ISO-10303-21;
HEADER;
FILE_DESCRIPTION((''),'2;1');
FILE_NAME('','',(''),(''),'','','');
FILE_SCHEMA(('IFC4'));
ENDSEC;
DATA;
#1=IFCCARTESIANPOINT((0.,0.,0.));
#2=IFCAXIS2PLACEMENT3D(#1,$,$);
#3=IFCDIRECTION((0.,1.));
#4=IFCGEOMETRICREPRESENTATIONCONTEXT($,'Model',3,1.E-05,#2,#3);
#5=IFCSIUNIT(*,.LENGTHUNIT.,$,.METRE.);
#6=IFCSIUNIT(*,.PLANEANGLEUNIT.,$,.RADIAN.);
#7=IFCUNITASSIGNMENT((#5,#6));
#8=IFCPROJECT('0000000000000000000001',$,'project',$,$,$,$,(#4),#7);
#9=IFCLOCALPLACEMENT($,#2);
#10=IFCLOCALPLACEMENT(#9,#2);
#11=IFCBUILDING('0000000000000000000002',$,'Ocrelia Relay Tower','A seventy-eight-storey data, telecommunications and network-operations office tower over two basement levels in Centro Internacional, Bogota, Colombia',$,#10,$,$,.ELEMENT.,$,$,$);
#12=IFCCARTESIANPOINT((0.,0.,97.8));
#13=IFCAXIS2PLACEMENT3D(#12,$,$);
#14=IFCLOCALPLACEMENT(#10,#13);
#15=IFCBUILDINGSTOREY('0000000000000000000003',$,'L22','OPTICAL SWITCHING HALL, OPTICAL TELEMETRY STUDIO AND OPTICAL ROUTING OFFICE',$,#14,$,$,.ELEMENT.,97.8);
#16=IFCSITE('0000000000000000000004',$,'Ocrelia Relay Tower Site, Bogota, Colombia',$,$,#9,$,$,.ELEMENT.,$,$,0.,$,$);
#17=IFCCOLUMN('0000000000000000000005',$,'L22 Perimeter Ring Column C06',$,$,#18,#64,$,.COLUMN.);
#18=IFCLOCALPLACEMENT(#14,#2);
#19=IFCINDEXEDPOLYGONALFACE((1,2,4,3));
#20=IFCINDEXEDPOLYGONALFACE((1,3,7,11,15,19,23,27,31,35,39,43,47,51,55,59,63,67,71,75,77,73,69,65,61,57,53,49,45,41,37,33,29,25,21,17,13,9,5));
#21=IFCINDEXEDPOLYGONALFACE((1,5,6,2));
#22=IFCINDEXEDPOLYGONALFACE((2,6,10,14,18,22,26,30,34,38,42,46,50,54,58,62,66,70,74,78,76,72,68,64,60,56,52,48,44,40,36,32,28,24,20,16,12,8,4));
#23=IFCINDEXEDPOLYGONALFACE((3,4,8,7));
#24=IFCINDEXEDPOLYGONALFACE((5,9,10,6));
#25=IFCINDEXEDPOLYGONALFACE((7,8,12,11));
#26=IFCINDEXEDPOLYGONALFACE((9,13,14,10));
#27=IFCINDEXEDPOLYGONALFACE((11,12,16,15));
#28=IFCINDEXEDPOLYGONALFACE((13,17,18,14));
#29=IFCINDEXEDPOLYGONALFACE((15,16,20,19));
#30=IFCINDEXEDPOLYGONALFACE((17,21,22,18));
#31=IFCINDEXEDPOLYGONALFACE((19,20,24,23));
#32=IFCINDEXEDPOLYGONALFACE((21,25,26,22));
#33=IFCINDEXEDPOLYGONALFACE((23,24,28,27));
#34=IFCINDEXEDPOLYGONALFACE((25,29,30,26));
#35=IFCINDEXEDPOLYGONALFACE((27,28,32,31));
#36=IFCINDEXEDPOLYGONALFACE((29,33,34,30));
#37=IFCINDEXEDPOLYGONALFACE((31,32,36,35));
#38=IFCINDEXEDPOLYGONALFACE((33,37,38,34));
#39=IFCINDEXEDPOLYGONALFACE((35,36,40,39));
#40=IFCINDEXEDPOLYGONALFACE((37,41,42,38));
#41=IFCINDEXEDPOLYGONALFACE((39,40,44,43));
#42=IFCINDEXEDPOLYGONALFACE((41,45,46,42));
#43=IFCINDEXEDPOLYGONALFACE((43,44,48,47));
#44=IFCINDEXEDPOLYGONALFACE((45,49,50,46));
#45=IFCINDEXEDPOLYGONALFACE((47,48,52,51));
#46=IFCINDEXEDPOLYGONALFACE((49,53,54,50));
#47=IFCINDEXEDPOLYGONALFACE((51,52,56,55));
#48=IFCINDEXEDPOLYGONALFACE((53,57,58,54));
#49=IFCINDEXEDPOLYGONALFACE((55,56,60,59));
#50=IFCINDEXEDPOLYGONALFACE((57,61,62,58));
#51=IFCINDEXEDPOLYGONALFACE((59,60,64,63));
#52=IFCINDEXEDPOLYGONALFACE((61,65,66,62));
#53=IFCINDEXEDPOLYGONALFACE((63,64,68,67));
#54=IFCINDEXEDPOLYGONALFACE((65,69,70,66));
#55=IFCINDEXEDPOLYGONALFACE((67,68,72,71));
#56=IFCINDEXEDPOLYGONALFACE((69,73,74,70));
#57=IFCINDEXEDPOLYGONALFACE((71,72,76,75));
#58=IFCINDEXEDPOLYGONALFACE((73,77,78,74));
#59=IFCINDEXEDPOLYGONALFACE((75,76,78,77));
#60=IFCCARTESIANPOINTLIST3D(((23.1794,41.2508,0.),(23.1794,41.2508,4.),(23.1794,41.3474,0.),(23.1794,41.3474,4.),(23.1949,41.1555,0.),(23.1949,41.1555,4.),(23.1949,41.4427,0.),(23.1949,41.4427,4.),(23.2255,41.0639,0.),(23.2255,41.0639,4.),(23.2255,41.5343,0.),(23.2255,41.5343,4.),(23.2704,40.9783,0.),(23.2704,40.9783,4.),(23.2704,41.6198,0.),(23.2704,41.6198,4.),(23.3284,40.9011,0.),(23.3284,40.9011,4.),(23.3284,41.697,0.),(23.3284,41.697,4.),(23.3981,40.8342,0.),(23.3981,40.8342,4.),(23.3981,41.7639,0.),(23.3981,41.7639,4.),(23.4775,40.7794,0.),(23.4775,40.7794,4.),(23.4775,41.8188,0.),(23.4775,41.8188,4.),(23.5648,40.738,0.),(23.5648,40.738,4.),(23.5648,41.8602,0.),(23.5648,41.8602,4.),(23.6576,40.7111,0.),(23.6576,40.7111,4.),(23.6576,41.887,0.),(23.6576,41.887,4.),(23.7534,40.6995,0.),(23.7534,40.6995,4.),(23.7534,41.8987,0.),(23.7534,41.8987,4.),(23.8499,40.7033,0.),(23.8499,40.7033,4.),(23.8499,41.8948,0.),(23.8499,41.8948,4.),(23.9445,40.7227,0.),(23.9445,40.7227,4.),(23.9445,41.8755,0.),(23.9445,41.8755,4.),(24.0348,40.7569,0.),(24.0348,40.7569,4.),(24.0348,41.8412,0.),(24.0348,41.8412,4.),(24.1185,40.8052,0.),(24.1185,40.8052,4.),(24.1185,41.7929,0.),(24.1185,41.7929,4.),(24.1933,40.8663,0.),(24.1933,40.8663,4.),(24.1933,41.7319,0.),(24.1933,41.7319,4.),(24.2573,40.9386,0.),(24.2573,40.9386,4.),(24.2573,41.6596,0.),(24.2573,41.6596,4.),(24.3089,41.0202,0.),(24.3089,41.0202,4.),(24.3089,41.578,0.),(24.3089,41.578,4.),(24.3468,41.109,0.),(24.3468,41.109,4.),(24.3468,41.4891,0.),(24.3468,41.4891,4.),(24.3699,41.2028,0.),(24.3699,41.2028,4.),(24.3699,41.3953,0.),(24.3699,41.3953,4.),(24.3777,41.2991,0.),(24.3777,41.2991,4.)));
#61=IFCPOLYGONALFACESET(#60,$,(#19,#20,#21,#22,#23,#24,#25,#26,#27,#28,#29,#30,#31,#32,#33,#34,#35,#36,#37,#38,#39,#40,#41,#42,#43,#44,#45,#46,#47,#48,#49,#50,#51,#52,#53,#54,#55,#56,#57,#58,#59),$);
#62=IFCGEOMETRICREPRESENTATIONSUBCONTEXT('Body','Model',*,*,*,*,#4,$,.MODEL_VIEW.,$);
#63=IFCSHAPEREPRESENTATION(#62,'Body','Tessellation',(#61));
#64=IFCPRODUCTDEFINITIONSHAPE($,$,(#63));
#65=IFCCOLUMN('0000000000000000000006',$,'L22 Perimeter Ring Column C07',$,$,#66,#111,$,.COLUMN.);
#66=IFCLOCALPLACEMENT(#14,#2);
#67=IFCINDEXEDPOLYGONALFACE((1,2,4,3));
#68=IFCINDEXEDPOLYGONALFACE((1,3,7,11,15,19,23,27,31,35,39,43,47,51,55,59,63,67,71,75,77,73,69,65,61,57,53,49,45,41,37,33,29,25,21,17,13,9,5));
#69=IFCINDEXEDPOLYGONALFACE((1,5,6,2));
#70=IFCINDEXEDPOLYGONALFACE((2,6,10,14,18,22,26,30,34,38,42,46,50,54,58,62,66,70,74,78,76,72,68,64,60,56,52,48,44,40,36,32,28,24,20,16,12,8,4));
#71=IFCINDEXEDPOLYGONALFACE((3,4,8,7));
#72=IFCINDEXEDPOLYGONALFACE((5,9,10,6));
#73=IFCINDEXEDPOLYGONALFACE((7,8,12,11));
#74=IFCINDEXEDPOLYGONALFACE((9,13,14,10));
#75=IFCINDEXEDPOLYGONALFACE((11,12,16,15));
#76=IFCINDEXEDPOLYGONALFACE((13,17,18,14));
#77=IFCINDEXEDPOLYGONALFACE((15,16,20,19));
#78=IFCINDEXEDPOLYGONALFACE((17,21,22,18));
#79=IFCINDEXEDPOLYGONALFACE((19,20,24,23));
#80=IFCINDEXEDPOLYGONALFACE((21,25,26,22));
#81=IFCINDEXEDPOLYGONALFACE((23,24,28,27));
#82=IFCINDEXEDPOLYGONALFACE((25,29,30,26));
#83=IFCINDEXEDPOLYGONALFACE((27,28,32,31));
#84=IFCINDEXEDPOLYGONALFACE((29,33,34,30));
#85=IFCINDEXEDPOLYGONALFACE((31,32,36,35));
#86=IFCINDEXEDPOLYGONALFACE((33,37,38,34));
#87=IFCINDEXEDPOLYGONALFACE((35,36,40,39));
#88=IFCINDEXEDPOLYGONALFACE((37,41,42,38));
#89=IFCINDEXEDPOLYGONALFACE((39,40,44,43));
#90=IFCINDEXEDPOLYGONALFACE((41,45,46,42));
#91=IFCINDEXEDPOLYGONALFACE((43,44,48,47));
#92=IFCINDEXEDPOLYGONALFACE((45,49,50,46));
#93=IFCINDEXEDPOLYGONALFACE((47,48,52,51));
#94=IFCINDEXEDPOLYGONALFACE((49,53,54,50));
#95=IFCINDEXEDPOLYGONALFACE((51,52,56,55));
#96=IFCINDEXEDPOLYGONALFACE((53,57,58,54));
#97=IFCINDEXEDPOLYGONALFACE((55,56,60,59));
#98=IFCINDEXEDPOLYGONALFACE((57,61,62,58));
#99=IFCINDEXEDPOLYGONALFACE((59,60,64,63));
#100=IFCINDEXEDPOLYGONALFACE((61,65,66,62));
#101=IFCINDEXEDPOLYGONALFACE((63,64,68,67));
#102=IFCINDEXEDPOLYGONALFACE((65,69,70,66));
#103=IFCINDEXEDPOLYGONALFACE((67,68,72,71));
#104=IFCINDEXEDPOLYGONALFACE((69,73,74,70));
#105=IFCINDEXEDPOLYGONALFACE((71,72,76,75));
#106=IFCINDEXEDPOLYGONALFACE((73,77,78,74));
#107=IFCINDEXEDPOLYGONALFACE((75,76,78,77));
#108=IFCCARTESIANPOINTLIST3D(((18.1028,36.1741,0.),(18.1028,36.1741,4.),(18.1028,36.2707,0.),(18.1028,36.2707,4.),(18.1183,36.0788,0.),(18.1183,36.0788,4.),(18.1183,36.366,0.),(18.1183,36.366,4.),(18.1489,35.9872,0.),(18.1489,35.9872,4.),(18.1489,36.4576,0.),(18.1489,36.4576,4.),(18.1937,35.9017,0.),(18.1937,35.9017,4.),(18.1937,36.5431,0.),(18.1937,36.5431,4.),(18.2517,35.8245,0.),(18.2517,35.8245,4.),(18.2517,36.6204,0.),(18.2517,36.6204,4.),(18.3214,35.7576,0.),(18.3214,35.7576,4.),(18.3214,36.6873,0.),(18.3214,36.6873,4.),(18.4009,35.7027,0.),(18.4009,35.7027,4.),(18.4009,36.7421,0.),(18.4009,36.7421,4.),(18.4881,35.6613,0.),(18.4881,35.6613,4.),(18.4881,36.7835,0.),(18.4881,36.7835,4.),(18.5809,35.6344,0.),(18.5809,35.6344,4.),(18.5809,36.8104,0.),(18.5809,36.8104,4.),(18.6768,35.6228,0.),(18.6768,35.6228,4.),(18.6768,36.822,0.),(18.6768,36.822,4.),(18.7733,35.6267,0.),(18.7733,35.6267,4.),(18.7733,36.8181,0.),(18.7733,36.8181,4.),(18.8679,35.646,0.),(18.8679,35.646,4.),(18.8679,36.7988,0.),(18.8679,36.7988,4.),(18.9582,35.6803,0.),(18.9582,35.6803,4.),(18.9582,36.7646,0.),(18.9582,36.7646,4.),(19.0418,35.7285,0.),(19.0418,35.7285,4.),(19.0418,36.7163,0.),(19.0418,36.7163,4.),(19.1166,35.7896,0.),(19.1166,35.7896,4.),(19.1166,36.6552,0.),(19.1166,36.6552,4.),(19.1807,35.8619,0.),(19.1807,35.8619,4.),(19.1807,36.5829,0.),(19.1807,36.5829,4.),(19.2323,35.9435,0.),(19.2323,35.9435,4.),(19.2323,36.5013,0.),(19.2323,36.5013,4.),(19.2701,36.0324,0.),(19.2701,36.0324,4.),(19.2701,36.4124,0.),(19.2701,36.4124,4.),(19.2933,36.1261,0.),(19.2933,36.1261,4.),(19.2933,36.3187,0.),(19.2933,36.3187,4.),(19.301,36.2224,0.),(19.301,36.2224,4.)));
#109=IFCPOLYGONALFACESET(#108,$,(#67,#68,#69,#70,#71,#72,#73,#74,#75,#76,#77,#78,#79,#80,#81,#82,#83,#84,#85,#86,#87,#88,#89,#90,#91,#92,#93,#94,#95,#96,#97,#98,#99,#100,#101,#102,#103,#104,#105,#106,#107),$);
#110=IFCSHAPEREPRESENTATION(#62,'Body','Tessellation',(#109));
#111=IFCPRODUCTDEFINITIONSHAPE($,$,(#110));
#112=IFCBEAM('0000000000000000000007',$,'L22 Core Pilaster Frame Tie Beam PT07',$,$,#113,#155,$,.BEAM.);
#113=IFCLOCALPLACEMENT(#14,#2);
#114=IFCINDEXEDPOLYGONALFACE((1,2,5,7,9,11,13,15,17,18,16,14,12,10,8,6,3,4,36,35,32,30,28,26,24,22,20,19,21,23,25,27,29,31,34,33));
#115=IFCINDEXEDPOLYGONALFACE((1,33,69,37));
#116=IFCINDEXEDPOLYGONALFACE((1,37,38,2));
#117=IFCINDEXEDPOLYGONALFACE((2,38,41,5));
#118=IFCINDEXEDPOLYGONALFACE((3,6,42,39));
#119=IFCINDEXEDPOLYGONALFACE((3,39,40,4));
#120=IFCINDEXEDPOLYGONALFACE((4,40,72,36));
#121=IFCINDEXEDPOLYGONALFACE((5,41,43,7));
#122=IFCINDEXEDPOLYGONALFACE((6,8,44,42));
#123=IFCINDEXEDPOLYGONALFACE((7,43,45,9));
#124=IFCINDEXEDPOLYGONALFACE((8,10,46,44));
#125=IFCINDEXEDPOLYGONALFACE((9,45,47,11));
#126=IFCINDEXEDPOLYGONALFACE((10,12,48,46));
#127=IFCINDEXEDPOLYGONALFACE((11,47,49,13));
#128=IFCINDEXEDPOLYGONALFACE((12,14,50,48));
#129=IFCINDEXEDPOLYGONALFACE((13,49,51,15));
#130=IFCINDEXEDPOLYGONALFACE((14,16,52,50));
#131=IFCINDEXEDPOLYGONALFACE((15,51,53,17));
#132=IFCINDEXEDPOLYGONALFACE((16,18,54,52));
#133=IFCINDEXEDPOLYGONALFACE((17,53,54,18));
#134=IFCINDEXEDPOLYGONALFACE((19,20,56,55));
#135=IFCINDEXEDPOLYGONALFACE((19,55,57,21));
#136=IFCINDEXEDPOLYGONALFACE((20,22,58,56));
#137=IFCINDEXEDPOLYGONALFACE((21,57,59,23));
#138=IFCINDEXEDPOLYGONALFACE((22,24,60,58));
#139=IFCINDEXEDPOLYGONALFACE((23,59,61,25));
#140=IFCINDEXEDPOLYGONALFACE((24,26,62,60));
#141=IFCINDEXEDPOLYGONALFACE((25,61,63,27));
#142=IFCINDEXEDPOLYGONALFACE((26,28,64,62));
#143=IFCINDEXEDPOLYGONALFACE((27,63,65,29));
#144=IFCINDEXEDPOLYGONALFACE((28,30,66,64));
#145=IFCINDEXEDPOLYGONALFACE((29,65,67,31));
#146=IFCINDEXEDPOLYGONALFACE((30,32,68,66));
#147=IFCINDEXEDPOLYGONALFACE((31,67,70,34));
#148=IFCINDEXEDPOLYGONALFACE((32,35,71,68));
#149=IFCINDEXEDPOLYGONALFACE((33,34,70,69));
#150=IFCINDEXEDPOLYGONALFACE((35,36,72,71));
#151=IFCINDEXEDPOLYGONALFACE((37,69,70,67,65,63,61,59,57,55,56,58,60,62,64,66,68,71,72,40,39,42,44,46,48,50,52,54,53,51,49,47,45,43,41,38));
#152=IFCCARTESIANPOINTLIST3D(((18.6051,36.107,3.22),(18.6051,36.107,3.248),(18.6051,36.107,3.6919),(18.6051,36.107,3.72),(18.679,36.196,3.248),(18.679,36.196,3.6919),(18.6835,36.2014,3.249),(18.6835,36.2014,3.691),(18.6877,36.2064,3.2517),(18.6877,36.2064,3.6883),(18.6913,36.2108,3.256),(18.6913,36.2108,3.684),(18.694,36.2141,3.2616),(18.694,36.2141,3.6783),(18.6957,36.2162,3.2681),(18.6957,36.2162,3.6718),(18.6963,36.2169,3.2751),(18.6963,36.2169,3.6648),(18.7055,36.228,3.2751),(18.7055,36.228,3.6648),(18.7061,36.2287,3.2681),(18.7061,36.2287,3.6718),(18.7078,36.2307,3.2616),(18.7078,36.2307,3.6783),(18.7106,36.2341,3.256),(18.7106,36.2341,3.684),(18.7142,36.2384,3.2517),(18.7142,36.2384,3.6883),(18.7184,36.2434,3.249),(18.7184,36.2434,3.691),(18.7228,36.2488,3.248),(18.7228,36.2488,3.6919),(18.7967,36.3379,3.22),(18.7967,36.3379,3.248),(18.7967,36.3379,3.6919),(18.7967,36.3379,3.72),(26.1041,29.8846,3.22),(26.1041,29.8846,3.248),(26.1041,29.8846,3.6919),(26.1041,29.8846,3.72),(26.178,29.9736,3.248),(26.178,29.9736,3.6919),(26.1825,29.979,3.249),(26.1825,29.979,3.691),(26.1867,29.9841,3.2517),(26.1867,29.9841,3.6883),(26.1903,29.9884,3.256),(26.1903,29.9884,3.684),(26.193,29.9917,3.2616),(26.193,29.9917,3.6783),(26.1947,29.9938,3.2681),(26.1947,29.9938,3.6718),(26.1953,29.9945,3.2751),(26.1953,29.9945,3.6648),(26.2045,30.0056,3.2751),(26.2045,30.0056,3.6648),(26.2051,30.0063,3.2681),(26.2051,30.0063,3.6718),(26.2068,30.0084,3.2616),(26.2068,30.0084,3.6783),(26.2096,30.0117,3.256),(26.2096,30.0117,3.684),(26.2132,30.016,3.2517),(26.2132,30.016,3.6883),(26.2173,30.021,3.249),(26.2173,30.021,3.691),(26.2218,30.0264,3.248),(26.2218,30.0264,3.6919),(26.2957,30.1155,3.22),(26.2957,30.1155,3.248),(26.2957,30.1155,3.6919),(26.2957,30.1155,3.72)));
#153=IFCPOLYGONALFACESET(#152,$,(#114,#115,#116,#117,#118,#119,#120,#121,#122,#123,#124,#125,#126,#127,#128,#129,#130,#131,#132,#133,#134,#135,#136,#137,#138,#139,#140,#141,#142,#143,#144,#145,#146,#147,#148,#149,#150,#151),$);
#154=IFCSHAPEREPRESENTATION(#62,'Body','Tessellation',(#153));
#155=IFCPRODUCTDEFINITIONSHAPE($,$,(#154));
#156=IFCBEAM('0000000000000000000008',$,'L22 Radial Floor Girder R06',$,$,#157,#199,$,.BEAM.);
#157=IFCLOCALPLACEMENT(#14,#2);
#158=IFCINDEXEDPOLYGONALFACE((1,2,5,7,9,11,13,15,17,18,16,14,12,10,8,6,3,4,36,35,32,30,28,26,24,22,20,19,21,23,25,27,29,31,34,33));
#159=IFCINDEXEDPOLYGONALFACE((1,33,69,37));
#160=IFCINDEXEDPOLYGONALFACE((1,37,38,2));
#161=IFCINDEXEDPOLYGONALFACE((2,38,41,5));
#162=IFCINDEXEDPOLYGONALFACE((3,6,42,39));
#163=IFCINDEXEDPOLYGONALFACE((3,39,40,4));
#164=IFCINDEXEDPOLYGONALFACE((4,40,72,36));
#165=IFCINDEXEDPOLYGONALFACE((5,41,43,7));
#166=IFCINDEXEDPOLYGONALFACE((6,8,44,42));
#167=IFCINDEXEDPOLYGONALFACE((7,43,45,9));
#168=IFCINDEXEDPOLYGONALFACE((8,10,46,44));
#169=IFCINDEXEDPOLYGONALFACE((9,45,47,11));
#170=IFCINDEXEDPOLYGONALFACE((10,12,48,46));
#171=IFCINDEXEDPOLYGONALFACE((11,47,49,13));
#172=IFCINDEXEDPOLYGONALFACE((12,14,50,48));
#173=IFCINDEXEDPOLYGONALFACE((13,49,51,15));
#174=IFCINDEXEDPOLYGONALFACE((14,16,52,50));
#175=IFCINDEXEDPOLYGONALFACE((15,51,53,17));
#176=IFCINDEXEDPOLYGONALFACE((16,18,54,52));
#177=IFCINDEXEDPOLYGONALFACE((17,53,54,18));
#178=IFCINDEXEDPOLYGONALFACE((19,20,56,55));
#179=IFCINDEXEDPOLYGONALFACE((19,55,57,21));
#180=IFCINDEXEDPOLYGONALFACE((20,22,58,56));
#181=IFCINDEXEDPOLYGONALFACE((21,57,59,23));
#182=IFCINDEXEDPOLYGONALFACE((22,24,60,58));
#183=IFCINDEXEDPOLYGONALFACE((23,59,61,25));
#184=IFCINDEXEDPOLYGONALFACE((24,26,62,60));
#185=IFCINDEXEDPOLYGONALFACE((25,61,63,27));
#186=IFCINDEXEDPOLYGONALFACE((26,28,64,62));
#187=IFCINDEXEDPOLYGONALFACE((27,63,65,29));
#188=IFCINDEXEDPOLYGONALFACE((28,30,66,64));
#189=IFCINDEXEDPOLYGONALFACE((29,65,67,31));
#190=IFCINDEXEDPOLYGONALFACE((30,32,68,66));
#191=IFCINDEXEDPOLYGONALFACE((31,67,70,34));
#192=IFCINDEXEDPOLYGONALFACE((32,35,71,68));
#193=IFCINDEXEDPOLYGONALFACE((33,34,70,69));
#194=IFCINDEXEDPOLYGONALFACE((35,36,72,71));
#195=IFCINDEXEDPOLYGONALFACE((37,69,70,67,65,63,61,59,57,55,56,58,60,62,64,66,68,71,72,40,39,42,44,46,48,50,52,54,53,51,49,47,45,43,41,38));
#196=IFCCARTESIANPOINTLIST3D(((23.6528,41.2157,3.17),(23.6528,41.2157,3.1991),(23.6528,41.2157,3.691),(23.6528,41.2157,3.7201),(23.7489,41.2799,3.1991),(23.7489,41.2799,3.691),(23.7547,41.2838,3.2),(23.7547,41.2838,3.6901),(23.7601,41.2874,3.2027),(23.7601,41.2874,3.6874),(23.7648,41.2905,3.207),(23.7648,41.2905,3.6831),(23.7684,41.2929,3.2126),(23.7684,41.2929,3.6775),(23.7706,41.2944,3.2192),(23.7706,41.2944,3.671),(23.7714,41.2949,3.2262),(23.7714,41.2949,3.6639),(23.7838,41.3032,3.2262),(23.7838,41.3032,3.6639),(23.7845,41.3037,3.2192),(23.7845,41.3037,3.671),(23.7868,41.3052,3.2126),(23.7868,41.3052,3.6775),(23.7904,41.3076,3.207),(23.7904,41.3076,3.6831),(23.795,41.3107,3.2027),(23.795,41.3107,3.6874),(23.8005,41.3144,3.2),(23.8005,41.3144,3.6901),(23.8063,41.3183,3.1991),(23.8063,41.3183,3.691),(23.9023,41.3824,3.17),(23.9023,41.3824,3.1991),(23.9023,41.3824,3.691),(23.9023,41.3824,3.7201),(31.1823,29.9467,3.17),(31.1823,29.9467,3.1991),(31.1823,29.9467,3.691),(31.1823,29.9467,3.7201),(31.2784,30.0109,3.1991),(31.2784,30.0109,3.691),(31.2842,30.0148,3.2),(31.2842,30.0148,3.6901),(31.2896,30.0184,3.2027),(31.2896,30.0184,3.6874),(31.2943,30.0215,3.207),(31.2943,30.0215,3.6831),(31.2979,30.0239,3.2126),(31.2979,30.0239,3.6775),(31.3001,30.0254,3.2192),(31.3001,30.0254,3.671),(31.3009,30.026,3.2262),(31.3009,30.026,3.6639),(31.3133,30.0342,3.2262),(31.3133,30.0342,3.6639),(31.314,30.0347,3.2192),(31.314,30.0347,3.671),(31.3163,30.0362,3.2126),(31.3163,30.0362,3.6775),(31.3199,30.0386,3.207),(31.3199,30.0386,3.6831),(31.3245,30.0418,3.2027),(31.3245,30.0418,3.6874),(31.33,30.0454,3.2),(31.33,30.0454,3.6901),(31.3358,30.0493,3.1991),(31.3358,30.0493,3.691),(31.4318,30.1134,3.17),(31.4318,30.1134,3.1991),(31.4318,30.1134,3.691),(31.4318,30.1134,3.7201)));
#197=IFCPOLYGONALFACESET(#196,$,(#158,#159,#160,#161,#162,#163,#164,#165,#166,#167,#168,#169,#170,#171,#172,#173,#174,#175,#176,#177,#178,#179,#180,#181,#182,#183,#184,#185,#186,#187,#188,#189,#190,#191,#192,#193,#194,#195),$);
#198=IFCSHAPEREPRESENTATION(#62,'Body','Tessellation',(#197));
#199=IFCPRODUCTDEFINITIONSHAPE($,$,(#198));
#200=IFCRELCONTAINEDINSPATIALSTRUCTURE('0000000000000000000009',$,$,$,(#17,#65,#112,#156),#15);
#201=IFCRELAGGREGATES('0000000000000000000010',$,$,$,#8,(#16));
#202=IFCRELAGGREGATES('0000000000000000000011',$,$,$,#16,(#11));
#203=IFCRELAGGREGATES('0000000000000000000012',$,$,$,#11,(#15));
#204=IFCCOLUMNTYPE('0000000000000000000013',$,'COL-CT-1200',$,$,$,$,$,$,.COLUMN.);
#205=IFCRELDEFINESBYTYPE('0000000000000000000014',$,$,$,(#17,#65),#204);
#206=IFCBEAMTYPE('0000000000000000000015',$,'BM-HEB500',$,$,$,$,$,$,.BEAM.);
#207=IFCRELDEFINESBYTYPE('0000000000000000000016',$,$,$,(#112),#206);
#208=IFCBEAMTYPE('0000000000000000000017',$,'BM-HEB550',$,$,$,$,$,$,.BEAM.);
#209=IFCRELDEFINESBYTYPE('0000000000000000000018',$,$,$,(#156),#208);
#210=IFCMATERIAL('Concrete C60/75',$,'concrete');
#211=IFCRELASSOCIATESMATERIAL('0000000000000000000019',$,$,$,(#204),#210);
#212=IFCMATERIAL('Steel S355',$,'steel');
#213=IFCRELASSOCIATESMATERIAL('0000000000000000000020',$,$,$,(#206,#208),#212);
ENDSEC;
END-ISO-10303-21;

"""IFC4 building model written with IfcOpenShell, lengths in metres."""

from ifc_helpers import new_model, si_unit, direction, frame, origin, origin_2d, place, context, subcontext, project, spatial, circle, i_section, extrude, material, material_profile, profile_set, type_object, element, save


model = new_model("IFC4")

# Units and contexts
model_context = context("Model", 3, precision=1e-05, world=origin(), true_north=direction((0.0, 1.0)))
body_context = subcontext(model_context, "Body", "Model", "MODEL_VIEW")
ifc_project = project(units=[si_unit("LENGTHUNIT", "METRE"), si_unit("PLANEANGLEUNIT", "RADIAN")], contexts=[model_context])

# Site, building, storey
site_placement = place(None, origin())
site = spatial("IfcSite", under=ifc_project, at=site_placement, Name="Ocrelia Relay Tower Site, Bogota, Colombia", CompositionType="ELEMENT", RefElevation=0.0)
building_placement = place(site_placement, origin())
building = spatial("IfcBuilding", under=site, at=building_placement, Name="Ocrelia Relay Tower", Description="A seventy-eight-storey data, telecommunications and network-operations office tower over two basement levels in Centro Internacional, Bogota, Colombia", CompositionType="ELEMENT")
storey_placement = place(building_placement, frame((0.0, 0.0, 97.8)))
storey = spatial("IfcBuildingStorey", under=building, at=storey_placement, Name="L22", Description="OPTICAL SWITCHING HALL, OPTICAL TELEMETRY STUDIO AND OPTICAL ROUTING OFFICE", CompositionType="ELEMENT", Elevation=97.8)

# Columns
ifc_material_1 = material(Name="Concrete C60/75", Category="concrete")
ifc_material_profile_1 = material_profile(ifc_material_1, circle(Radius=0.6001, at=origin_2d()), Name="RC-CIR-1200")
ifc_profile_set_1 = profile_set([ifc_material_profile_1], Name="Concrete C60/75")
column_type = type_object("IfcColumnType", Name="COL-CT-1200", PredefinedType="COLUMN", material=ifc_profile_set_1)
for number, where, z_axis, x_axis, name in (
    (1, (23.7776, 41.2991, 0.0), (0.0, 0.0, 1.0), (1.0, 0.0, 0.0), "L22 Perimeter Ring Column C06"),
    (2, (18.7009, 36.2224, 0.0), (0.0, 0.0, 1.0), (1.0, 0.0, 0.0), "L22 Perimeter Ring Column C07"),
):
    element("IfcColumn", number, at=place(storey_placement, frame(where, z_axis=z_axis, x_axis=x_axis)), inside=storey, type_object=column_type, Name=name, PredefinedType="COLUMN", context=body_context, shape_type="SweptSolid", body=[
        extrude(circle(Radius=0.6001, at=origin_2d()), origin(), (0.0, 0.0, 1.0), 4.0),
    ])

# Beams
ifc_material_2 = material(Name="Steel S355", Category="steel")
ifc_material_profile_2 = material_profile(ifc_material_2, i_section(OverallWidth=0.3, OverallDepth=0.5, WebThickness=0.0144, FlangeThickness=0.0281, FilletRadius=0.0271, at=origin_2d()), Name="HEB 500")
ifc_profile_set_2 = profile_set([ifc_material_profile_2], Name="Steel S355")
beam_type_1 = type_object("IfcBeamType", Name="BM-HEB500", PredefinedType="BEAM", material=ifc_profile_set_2)
beam_1_placement = place(storey_placement, frame((18.7009, 36.2224, 3.47), z_axis=(0.769571, -0.638561, 0.0), x_axis=(0.638561, 0.769571, 0.0)))
element("IfcBeam", 3, at=beam_1_placement, inside=storey, type_object=beam_type_1, Name="L22 Core Pilaster Frame Tie Beam PT07", PredefinedType="BEAM", context=body_context, shape_type="SweptSolid", body=[
    extrude(i_section(OverallWidth=0.3, OverallDepth=0.5, WebThickness=0.0144, FlangeThickness=0.0281, FilletRadius=0.0271, at=origin_2d()), origin(), (0.0, 0.0, 1.0), 9.7444),
])
ifc_material_profile_3 = material_profile(ifc_material_2, i_section(OverallWidth=0.3, OverallDepth=0.55, WebThickness=0.0149, FlangeThickness=0.0291, FilletRadius=0.0271, at=origin_2d()), Name="HEB 550")
ifc_profile_set_3 = profile_set([ifc_material_profile_3], Name="Steel S355")
beam_type_2 = type_object("IfcBeamType", Name="BM-HEB550", PredefinedType="BEAM", material=ifc_profile_set_3)
beam_2_placement = place(storey_placement, frame((23.7776, 41.2991, 3.4451), z_axis=(0.55556, -0.831476, 0.0), x_axis=(0.831476, 0.55556, 0.0)))
element("IfcBeam", 4, at=beam_2_placement, inside=storey, type_object=beam_type_2, Name="L22 Radial Floor Girder R06", PredefinedType="BEAM", context=body_context, shape_type="SweptSolid", body=[
    extrude(i_section(OverallWidth=0.3, OverallDepth=0.55, WebThickness=0.0149, FlangeThickness=0.0291, FilletRadius=0.0271, at=origin_2d()), origin(), (0.0, 0.0, 1.0), 13.553),
])

save(model, "model.ifc")
